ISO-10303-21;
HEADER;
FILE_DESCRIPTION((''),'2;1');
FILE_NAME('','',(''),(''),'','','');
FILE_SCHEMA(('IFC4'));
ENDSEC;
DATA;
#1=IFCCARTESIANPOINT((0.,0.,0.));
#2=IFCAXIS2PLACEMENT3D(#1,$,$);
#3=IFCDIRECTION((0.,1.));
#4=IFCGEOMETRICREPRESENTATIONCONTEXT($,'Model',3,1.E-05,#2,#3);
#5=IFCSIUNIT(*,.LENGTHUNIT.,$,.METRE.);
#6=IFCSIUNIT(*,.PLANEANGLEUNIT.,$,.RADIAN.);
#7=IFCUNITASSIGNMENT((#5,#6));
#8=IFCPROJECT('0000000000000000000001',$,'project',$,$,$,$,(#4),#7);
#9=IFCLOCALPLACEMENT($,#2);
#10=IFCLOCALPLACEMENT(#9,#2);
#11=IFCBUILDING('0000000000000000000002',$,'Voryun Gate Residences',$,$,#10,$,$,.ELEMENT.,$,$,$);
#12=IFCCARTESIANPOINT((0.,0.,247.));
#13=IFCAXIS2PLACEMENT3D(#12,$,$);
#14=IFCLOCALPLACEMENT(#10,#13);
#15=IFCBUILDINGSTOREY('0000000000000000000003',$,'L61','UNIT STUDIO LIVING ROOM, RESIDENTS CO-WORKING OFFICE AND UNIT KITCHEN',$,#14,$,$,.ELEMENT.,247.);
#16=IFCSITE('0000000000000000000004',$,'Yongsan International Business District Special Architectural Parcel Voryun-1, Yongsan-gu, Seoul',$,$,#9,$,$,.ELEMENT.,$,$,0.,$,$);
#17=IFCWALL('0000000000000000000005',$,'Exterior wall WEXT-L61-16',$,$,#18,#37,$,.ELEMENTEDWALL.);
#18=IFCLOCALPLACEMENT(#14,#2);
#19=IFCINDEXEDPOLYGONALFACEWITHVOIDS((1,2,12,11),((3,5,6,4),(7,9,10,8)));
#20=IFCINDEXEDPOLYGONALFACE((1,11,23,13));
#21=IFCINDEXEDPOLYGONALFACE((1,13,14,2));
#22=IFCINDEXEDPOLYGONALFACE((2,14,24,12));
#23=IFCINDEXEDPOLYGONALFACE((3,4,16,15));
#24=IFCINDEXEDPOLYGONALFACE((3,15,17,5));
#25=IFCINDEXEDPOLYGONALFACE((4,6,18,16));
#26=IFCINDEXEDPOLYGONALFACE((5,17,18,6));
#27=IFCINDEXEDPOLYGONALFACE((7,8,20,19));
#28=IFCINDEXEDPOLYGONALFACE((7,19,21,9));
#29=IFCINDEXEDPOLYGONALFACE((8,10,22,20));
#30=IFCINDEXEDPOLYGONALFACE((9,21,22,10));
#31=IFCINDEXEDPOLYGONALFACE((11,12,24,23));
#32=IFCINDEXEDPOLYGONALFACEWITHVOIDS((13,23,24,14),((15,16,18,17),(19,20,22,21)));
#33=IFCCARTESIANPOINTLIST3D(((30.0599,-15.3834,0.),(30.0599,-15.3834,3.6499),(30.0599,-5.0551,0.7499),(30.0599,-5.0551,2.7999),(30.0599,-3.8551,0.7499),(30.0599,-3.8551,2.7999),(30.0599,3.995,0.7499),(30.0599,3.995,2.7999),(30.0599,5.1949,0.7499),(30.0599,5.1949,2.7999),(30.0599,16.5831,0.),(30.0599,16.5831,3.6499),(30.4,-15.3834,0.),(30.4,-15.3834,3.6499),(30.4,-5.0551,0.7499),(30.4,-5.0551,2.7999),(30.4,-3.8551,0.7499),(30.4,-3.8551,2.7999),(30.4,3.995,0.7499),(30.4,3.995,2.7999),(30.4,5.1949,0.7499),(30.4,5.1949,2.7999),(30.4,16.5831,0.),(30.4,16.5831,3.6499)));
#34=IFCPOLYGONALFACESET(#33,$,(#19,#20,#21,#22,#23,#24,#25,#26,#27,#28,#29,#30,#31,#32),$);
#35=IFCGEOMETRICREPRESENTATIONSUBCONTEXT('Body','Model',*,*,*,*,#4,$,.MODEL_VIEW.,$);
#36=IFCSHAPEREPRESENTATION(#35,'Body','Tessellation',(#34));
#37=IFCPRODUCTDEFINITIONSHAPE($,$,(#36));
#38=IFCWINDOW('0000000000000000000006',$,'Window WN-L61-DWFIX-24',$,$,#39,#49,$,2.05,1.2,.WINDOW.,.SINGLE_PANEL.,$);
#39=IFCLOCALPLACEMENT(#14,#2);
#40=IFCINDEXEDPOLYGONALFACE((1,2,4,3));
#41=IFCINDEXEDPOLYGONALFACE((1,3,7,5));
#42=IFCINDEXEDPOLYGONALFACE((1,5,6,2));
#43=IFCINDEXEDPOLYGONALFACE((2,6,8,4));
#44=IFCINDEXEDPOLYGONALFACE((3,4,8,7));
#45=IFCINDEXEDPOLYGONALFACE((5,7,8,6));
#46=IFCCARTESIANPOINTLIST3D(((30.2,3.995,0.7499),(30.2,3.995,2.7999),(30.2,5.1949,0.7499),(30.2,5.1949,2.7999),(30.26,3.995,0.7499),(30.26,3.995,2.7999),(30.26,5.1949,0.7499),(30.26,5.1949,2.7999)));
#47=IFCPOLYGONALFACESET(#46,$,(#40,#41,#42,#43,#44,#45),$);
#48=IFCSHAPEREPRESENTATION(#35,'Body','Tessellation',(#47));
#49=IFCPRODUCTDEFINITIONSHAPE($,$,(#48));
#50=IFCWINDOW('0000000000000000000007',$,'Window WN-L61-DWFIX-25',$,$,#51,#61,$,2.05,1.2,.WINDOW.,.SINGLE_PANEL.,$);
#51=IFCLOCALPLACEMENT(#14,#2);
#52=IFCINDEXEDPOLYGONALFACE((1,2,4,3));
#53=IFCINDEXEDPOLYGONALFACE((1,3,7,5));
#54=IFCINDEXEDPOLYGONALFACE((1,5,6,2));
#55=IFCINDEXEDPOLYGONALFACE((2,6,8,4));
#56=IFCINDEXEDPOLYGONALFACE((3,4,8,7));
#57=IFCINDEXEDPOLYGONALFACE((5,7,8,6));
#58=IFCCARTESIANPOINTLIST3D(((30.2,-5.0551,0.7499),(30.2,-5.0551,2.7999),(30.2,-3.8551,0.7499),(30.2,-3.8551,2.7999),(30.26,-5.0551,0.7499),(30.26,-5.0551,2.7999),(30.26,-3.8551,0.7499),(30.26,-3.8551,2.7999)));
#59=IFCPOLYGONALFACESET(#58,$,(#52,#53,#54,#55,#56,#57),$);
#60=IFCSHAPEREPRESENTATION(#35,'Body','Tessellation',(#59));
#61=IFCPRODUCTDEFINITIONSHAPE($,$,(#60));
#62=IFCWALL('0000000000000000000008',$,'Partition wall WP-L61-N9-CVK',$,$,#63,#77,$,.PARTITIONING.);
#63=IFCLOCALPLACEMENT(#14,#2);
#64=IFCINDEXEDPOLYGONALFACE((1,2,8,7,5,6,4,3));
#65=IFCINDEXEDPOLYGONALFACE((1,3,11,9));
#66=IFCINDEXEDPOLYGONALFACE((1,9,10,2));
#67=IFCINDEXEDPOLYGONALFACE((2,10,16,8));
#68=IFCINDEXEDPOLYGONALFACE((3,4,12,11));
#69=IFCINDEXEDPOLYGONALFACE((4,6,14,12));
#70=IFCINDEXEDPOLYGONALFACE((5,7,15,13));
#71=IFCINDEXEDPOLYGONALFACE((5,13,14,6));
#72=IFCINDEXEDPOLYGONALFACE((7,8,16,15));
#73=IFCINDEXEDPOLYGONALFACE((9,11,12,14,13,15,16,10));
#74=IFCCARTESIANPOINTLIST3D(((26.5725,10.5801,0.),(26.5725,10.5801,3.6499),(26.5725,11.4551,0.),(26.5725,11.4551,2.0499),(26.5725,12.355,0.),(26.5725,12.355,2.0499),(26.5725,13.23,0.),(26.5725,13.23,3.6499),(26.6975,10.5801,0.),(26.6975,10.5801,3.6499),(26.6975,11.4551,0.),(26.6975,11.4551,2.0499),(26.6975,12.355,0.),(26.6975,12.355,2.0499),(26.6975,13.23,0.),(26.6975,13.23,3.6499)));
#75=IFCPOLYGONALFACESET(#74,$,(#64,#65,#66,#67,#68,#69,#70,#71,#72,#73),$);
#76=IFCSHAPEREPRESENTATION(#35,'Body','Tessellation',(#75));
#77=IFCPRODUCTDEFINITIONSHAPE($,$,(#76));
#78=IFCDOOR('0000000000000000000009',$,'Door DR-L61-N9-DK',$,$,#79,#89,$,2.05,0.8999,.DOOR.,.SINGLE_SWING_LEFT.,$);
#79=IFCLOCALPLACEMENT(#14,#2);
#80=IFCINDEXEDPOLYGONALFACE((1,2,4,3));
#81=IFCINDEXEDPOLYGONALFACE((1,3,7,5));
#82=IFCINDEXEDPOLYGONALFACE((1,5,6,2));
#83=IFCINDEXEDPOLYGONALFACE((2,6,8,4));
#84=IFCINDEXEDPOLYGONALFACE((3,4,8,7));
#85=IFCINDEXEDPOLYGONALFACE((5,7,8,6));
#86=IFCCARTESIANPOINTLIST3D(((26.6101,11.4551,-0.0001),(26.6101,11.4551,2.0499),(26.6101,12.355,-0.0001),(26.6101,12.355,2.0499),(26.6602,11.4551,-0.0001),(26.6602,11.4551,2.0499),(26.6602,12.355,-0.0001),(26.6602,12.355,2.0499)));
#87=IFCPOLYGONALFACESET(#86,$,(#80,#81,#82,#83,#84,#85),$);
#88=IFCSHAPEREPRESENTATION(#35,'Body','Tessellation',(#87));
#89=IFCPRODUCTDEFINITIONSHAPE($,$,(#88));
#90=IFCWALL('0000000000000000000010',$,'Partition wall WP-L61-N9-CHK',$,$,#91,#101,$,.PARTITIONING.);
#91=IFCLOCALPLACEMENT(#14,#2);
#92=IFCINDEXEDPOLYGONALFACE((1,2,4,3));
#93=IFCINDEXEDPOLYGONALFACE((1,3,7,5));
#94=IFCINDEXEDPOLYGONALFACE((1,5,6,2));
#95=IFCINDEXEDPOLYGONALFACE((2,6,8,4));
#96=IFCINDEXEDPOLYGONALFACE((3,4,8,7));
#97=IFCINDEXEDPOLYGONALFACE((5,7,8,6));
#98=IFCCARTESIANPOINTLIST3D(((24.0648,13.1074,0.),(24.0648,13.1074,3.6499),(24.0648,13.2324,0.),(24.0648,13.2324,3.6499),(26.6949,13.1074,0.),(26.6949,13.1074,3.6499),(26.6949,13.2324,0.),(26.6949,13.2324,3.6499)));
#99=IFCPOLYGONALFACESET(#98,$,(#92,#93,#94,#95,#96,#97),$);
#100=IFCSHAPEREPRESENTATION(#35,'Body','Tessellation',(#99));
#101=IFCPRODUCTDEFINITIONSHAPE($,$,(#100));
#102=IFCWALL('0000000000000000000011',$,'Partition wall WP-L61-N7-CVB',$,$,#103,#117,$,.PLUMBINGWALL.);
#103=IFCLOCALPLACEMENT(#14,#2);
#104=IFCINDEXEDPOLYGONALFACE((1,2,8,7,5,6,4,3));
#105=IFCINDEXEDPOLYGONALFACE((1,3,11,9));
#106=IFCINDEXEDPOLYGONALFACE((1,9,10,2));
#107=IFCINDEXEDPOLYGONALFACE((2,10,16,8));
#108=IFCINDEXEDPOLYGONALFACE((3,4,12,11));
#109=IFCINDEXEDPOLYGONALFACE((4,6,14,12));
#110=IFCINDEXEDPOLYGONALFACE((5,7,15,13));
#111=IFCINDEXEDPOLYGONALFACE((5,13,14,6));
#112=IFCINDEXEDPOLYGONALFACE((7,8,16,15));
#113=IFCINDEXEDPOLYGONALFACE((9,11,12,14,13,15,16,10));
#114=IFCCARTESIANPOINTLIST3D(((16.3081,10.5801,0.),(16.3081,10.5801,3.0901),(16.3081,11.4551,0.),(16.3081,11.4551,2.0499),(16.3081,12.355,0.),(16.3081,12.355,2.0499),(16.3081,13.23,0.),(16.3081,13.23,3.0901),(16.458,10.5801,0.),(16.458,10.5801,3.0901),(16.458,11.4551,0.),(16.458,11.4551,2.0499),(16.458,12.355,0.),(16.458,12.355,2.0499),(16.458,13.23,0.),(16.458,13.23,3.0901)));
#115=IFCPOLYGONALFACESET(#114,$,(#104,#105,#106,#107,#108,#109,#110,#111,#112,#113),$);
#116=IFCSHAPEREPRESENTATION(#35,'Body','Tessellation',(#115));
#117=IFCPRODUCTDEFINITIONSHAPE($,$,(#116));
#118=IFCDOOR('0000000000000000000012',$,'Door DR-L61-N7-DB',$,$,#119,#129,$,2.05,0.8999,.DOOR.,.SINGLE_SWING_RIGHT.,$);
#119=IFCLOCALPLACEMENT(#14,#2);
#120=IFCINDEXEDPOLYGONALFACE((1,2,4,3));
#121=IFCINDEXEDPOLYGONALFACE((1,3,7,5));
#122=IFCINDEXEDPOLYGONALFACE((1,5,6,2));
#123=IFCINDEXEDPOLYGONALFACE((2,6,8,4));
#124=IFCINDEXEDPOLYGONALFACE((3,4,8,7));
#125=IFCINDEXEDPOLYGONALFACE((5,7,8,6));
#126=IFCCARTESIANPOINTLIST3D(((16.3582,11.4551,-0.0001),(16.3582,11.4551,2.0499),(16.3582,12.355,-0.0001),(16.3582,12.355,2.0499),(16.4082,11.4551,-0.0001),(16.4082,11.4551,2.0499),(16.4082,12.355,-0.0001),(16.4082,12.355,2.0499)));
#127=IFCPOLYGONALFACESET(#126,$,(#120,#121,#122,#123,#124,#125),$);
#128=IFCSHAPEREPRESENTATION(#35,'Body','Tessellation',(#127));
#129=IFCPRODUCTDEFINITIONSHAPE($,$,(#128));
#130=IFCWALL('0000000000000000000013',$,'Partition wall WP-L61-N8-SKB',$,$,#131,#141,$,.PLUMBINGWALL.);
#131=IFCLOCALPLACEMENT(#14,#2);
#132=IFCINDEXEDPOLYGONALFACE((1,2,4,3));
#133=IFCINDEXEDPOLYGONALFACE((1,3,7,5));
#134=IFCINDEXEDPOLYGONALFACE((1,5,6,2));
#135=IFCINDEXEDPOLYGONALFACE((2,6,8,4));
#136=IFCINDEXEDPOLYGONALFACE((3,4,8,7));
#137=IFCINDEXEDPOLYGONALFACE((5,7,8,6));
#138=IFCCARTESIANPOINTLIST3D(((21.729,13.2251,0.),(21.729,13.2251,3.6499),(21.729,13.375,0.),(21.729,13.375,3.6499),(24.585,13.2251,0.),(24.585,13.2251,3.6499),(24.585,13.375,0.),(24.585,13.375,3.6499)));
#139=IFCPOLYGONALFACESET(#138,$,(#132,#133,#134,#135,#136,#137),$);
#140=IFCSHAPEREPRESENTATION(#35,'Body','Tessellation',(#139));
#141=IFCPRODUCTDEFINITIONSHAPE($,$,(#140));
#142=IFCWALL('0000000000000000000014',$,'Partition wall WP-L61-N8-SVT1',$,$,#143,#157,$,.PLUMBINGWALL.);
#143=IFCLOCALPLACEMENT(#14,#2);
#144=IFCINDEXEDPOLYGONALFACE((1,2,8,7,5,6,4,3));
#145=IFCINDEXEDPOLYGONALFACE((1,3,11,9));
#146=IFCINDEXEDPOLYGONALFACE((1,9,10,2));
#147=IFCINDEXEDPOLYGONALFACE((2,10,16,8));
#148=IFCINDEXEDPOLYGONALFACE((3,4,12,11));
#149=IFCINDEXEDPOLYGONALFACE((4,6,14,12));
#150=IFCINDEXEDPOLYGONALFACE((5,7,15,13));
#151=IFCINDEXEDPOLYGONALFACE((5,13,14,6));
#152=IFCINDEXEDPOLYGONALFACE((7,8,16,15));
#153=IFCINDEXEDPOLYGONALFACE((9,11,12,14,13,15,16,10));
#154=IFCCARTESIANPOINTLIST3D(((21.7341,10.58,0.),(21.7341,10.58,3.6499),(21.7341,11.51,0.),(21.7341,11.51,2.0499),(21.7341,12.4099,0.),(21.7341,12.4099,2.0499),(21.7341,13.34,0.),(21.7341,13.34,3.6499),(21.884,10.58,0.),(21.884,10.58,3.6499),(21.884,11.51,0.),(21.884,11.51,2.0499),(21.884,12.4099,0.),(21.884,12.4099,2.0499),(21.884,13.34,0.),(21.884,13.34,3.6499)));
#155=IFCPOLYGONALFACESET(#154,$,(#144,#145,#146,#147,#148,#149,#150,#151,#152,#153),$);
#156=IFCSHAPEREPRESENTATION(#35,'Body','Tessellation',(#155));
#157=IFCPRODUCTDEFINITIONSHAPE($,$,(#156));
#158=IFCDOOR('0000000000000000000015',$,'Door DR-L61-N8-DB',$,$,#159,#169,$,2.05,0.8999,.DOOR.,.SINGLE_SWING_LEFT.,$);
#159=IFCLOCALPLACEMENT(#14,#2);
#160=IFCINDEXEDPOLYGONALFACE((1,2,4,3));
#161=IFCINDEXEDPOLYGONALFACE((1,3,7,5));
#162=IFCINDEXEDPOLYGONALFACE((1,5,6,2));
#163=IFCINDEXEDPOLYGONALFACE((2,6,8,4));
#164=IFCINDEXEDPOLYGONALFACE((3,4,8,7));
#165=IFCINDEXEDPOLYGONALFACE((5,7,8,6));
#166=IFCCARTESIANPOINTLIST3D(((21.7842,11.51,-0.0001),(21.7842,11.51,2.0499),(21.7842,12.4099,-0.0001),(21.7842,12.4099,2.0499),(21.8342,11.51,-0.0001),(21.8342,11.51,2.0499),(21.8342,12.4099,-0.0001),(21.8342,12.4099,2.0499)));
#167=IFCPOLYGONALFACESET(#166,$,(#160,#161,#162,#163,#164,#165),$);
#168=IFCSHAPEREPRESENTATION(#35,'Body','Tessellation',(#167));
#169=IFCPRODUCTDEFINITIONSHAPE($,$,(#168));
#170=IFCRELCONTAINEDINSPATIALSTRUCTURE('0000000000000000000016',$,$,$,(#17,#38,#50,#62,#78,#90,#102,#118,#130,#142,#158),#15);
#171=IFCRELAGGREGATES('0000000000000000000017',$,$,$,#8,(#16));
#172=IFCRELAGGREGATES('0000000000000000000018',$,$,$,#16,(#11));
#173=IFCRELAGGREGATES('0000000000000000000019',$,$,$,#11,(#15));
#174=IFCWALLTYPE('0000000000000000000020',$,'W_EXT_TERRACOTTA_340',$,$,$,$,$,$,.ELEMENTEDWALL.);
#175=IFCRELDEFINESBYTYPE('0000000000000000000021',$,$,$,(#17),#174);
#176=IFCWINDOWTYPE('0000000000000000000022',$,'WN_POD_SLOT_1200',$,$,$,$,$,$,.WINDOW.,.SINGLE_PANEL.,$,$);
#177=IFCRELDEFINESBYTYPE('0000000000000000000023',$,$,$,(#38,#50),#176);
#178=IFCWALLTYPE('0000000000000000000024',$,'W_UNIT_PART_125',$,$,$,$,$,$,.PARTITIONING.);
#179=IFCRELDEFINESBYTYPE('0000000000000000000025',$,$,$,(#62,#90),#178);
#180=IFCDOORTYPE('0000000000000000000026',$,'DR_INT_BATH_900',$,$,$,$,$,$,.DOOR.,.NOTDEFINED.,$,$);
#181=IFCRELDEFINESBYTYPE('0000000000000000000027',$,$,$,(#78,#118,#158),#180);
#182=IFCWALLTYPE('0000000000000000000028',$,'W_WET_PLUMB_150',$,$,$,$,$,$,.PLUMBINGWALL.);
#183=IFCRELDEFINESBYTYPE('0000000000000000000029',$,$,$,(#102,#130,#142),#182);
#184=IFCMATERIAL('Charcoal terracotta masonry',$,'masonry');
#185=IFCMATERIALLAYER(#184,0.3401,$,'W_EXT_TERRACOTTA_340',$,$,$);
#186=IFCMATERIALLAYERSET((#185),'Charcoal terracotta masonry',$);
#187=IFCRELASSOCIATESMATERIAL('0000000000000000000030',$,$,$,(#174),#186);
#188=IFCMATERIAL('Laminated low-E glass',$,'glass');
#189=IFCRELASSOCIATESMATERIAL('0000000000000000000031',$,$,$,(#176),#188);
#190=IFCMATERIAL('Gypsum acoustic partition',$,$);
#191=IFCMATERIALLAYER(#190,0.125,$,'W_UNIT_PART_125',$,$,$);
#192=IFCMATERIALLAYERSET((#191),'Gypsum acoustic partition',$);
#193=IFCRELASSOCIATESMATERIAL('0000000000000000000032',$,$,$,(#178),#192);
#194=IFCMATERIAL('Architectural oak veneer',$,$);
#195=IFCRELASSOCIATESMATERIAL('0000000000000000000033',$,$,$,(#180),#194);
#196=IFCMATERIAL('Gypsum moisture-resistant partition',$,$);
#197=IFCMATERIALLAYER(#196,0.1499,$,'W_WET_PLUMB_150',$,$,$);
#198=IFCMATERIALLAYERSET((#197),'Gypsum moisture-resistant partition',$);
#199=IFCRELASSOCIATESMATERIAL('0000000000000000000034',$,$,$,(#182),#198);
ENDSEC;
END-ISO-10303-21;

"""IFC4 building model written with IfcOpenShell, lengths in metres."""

from ifc_helpers import new_model, si_unit, direction, frame, frame_2d, origin, place, context, subcontext, project, spatial, rectangle, extrude, material, layer, layer_set, type_object, element, fill, save


model = new_model("IFC4")

# Units and contexts
model_context = context("Model", 3, precision=1e-05, world=origin(), true_north=direction((0.0, 1.0)))
body_context = subcontext(model_context, "Body", "Model", "MODEL_VIEW")
ifc_project = project(units=[si_unit("LENGTHUNIT", "METRE"), si_unit("PLANEANGLEUNIT", "RADIAN")], contexts=[model_context])

# Site, building, storey
site_placement = place(None, origin())
site = spatial("IfcSite", under=ifc_project, at=site_placement, Name="Yongsan International Business District Special Architectural Parcel Voryun-1, Yongsan-gu, Seoul", CompositionType="ELEMENT", RefElevation=0.0)
building_placement = place(site_placement, origin())
building = spatial("IfcBuilding", under=site, at=building_placement, Name="Voryun Gate Residences", CompositionType="ELEMENT")
storey_placement = place(building_placement, frame((0.0, 0.0, 247.0)))
storey = spatial("IfcBuildingStorey", under=building, at=storey_placement, Name="L61", Description="UNIT STUDIO LIVING ROOM, RESIDENTS CO-WORKING OFFICE AND UNIT KITCHEN", CompositionType="ELEMENT", Elevation=247.0)

# Shared definitions
ifc_material_1 = material(Name="Charcoal terracotta masonry", Category="masonry")
ifc_layer_1 = layer(ifc_material_1, 0.3401, Name="W_EXT_TERRACOTTA_340")
ifc_layer_set_1 = layer_set([ifc_layer_1], Name="Charcoal terracotta masonry")
wall_type_1 = type_object("IfcWallType", Name="W_EXT_TERRACOTTA_340", PredefinedType="ELEMENTEDWALL", material=ifc_layer_set_1)

# Wall, openings, windows
wall_1_placement = place(storey_placement, frame((30.23, 16.5833, 0.0), z_axis=(0.0, 0.0, 1.0), x_axis=(0.0, -1.0, 0.0)))
wall_1 = element("IfcWall", 1, at=wall_1_placement, inside=storey, type_object=wall_type_1, Name="Exterior wall WEXT-L61-16", PredefinedType="ELEMENTEDWALL", context=body_context, shape_type="SweptSolid", body=[
    extrude(rectangle(XDim=31.9666, YDim=0.3401, at=frame_2d((15.9834, 0.0))), origin(), (0.0, 0.0, 1.0), 3.6499),
])
opening_1_placement = place(wall_1_placement, frame((11.3882, 0.0, 0.75)))
opening_1 = element("IfcOpeningElement", 2, at=opening_1_placement, cuts=wall_1, PredefinedType="OPENING", context=body_context, shape_type="SweptSolid", body=[
    extrude(rectangle(XDim=1.2, YDim=2.05, at=frame_2d((0.6001, 1.0249))), frame((0.0, 0.1799, 0.0), z_axis=(0.0, -1.0, 0.0), x_axis=(1.0, 0.0, 0.0)), (0.0, 0.0, 1.0), 0.3601),
])
opening_2_placement = place(wall_1_placement, frame((20.4382, 0.0, 0.75)))
opening_2 = element("IfcOpeningElement", 3, at=opening_2_placement, cuts=wall_1, PredefinedType="OPENING", context=body_context, shape_type="SweptSolid", body=[
    extrude(rectangle(XDim=1.2, YDim=2.05, at=frame_2d((0.6001, 1.0249))), frame((0.0, 0.1799, 0.0), z_axis=(0.0, -1.0, 0.0), x_axis=(1.0, 0.0, 0.0)), (0.0, 0.0, 1.0), 0.3601),
])
ifc_material_2 = material(Name="Laminated low-E glass", Category="glass")
window_type = type_object("IfcWindowType", Name="WN_POD_SLOT_1200", PartitioningType="SINGLE_PANEL", PredefinedType="WINDOW", material=ifc_material_2)
window_1_placement = place(opening_1_placement, origin())
window_1 = element("IfcWindow", 4, at=window_1_placement, inside=storey, type_object=window_type, Name="Window WN-L61-DWFIX-24", OverallHeight=2.05, OverallWidth=1.2, PartitioningType="SINGLE_PANEL", PredefinedType="WINDOW", context=body_context, shape_type="SweptSolid", body=[
    extrude(rectangle(XDim=1.2, YDim=2.05, at=frame_2d((0.6001, 1.0249))), frame((0.0, 0.03, 0.0), z_axis=(0.0, -1.0, 0.0), x_axis=(1.0, 0.0, 0.0)), (0.0, 0.0, 1.0), 0.0601),
])
fill(opening_1, window_1)
window_2_placement = place(opening_2_placement, origin())
window_2 = element("IfcWindow", 5, at=window_2_placement, inside=storey, type_object=window_type, Name="Window WN-L61-DWFIX-25", OverallHeight=2.05, OverallWidth=1.2, PartitioningType="SINGLE_PANEL", PredefinedType="WINDOW", context=body_context, shape_type="SweptSolid", body=[
    extrude(rectangle(XDim=1.2, YDim=2.05, at=frame_2d((0.6001, 1.0249))), frame((0.0, 0.03, 0.0), z_axis=(0.0, -1.0, 0.0), x_axis=(1.0, 0.0, 0.0)), (0.0, 0.0, 1.0), 0.0601),
])
fill(opening_2, window_2)

# Wall, opening, door
ifc_material_3 = material(Name="Gypsum acoustic partition")
ifc_layer_2 = layer(ifc_material_3, 0.125, Name="W_UNIT_PART_125")
ifc_layer_set_2 = layer_set([ifc_layer_2], Name="Gypsum acoustic partition")
wall_type_2 = type_object("IfcWallType", Name="W_UNIT_PART_125", PredefinedType="PARTITIONING", material=ifc_layer_set_2)
wall_2_placement = place(storey_placement, frame((26.635, 10.5801, 0.0), z_axis=(0.0, 0.0, 1.0), x_axis=(0.0, 1.0, 0.0)))
wall_2 = element("IfcWall", 6, at=wall_2_placement, inside=storey, type_object=wall_type_2, Name="Partition wall WP-L61-N9-CVK", PredefinedType="PARTITIONING", context=body_context, shape_type="SweptSolid", body=[
    extrude(rectangle(XDim=2.6499, YDim=0.125, at=frame_2d((1.325, 0.0))), origin(), (0.0, 0.0, 1.0), 3.6499),
])
opening_3_placement = place(wall_2_placement, frame((0.875, 0.0, 0.0)))
opening_3 = element("IfcOpeningElement", 7, at=opening_3_placement, cuts=wall_2, PredefinedType="OPENING", context=body_context, shape_type="SweptSolid", body=[
    extrude(rectangle(XDim=0.8999, YDim=2.05, at=frame_2d((0.45, 1.0249))), frame((0.0, 0.0725, 0.0), z_axis=(0.0, -1.0, 0.0), x_axis=(1.0, 0.0, 0.0)), (0.0, 0.0, 1.0), 0.145),
])
ifc_material_4 = material(Name="Architectural oak veneer")
door_type = type_object("IfcDoorType", Name="DR_INT_BATH_900", OperationType="NOTDEFINED", PredefinedType="DOOR", material=ifc_material_4)
door_1_placement = place(opening_3_placement, origin())
door_1 = element("IfcDoor", 8, at=door_1_placement, inside=storey, type_object=door_type, Name="Door DR-L61-N9-DK", OperationType="SINGLE_SWING_LEFT", OverallHeight=2.05, OverallWidth=0.8999, PredefinedType="DOOR", context=body_context, shape_type="SweptSolid", body=[
    extrude(rectangle(XDim=0.8999, YDim=2.05, at=frame_2d((0.45, 1.0249))), frame((0.0, 0.0249, 0.0), z_axis=(0.0, -1.0, 0.0), x_axis=(1.0, 0.0, 0.0)), (0.0, 0.0, 1.0), 0.05),
])
fill(opening_3, door_1)

# Wall
wall_3_placement = place(storey_placement, frame((24.0649, 13.1699, 0.0), z_axis=(0.0, 0.0, 1.0), x_axis=(1.0, 0.0, 0.0)))
element("IfcWall", 9, at=wall_3_placement, inside=storey, type_object=wall_type_2, Name="Partition wall WP-L61-N9-CHK", PredefinedType="PARTITIONING", context=body_context, shape_type="SweptSolid", body=[
    extrude(rectangle(XDim=2.6301, YDim=0.125, at=frame_2d((1.3149, 0.0))), origin(), (0.0, 0.0, 1.0), 3.6499),
])

# Wall, opening, door
ifc_material_5 = material(Name="Gypsum moisture-resistant partition")
ifc_layer_3 = layer(ifc_material_5, 0.1499, Name="W_WET_PLUMB_150")
ifc_layer_set_3 = layer_set([ifc_layer_3], Name="Gypsum moisture-resistant partition")
wall_type_3 = type_object("IfcWallType", Name="W_WET_PLUMB_150", PredefinedType="PLUMBINGWALL", material=ifc_layer_set_3)
wall_4_placement = place(storey_placement, frame((16.3831, 10.5801, 0.0), z_axis=(0.0, 0.0, 1.0), x_axis=(0.0, 1.0, 0.0)))
wall_4 = element("IfcWall", 10, at=wall_4_placement, inside=storey, type_object=wall_type_3, Name="Partition wall WP-L61-N7-CVB", PredefinedType="PLUMBINGWALL", context=body_context, shape_type="SweptSolid", body=[
    extrude(rectangle(XDim=2.6499, YDim=0.1499, at=frame_2d((1.325, 0.0))), origin(), (0.0, 0.0, 1.0), 3.0901),
])
opening_4_placement = place(wall_4_placement, frame((0.875, 0.0, 0.0)))
opening_4 = element("IfcOpeningElement", 11, at=opening_4_placement, cuts=wall_4, PredefinedType="OPENING", context=body_context, shape_type="SweptSolid", body=[
    extrude(rectangle(XDim=0.8999, YDim=2.05, at=frame_2d((0.45, 1.0249))), frame((0.0, 0.085, 0.0), z_axis=(0.0, -1.0, 0.0), x_axis=(1.0, 0.0, 0.0)), (0.0, 0.0, 1.0), 0.1699),
])
door_2_placement = place(opening_4_placement, origin())
door_2 = element("IfcDoor", 12, at=door_2_placement, inside=storey, type_object=door_type, Name="Door DR-L61-N7-DB", OperationType="SINGLE_SWING_RIGHT", OverallHeight=2.05, OverallWidth=0.8999, PredefinedType="DOOR", context=body_context, shape_type="SweptSolid", body=[
    extrude(rectangle(XDim=0.8999, YDim=2.05, at=frame_2d((0.45, 1.0249))), frame((0.0, 0.0249, 0.0), z_axis=(0.0, -1.0, 0.0), x_axis=(1.0, 0.0, 0.0)), (0.0, 0.0, 1.0), 0.05),
])
fill(opening_4, door_2)

# Wall
wall_5_placement = place(storey_placement, frame((21.729, 13.3, 0.0), z_axis=(0.0, 0.0, 1.0), x_axis=(1.0, 0.0, 0.0)))
element("IfcWall", 13, at=wall_5_placement, inside=storey, type_object=wall_type_3, Name="Partition wall WP-L61-N8-SKB", PredefinedType="PLUMBINGWALL", context=body_context, shape_type="SweptSolid", body=[
    extrude(rectangle(XDim=2.856, YDim=0.1499, at=frame_2d((1.428, 0.0))), origin(), (0.0, 0.0, 1.0), 3.6499),
])

# Wall, opening, door
wall_6_placement = place(storey_placement, frame((21.8091, 10.5801, 0.0), z_axis=(0.0, 0.0, 1.0), x_axis=(0.0, 1.0, 0.0)))
wall_6 = element("IfcWall", 14, at=wall_6_placement, inside=storey, type_object=wall_type_3, Name="Partition wall WP-L61-N8-SVT1", PredefinedType="PLUMBINGWALL", context=body_context, shape_type="SweptSolid", body=[
    extrude(rectangle(XDim=2.76, YDim=0.1499, at=frame_2d((1.3799, 0.0))), origin(), (0.0, 0.0, 1.0), 3.6499),
])
opening_5_placement = place(wall_6_placement, frame((0.9299, 0.0, 0.0)))
opening_5 = element("IfcOpeningElement", 15, at=opening_5_placement, cuts=wall_6, PredefinedType="OPENING", context=body_context, shape_type="SweptSolid", body=[
    extrude(rectangle(XDim=0.8999, YDim=2.05, at=frame_2d((0.45, 1.0249))), frame((0.0, 0.085, 0.0), z_axis=(0.0, -1.0, 0.0), x_axis=(1.0, 0.0, 0.0)), (0.0, 0.0, 1.0), 0.1699),
])
door_3_placement = place(opening_5_placement, origin())
door_3 = element("IfcDoor", 16, at=door_3_placement, inside=storey, type_object=door_type, Name="Door DR-L61-N8-DB", OperationType="SINGLE_SWING_LEFT", OverallHeight=2.05, OverallWidth=0.8999, PredefinedType="DOOR", context=body_context, shape_type="SweptSolid", body=[
    extrude(rectangle(XDim=0.8999, YDim=2.05, at=frame_2d((0.45, 1.0249))), frame((0.0, 0.0249, 0.0), z_axis=(0.0, -1.0, 0.0), x_axis=(1.0, 0.0, 0.0)), (0.0, 0.0, 1.0), 0.05),
])
fill(opening_5, door_3)

save(model, "model.ifc")
